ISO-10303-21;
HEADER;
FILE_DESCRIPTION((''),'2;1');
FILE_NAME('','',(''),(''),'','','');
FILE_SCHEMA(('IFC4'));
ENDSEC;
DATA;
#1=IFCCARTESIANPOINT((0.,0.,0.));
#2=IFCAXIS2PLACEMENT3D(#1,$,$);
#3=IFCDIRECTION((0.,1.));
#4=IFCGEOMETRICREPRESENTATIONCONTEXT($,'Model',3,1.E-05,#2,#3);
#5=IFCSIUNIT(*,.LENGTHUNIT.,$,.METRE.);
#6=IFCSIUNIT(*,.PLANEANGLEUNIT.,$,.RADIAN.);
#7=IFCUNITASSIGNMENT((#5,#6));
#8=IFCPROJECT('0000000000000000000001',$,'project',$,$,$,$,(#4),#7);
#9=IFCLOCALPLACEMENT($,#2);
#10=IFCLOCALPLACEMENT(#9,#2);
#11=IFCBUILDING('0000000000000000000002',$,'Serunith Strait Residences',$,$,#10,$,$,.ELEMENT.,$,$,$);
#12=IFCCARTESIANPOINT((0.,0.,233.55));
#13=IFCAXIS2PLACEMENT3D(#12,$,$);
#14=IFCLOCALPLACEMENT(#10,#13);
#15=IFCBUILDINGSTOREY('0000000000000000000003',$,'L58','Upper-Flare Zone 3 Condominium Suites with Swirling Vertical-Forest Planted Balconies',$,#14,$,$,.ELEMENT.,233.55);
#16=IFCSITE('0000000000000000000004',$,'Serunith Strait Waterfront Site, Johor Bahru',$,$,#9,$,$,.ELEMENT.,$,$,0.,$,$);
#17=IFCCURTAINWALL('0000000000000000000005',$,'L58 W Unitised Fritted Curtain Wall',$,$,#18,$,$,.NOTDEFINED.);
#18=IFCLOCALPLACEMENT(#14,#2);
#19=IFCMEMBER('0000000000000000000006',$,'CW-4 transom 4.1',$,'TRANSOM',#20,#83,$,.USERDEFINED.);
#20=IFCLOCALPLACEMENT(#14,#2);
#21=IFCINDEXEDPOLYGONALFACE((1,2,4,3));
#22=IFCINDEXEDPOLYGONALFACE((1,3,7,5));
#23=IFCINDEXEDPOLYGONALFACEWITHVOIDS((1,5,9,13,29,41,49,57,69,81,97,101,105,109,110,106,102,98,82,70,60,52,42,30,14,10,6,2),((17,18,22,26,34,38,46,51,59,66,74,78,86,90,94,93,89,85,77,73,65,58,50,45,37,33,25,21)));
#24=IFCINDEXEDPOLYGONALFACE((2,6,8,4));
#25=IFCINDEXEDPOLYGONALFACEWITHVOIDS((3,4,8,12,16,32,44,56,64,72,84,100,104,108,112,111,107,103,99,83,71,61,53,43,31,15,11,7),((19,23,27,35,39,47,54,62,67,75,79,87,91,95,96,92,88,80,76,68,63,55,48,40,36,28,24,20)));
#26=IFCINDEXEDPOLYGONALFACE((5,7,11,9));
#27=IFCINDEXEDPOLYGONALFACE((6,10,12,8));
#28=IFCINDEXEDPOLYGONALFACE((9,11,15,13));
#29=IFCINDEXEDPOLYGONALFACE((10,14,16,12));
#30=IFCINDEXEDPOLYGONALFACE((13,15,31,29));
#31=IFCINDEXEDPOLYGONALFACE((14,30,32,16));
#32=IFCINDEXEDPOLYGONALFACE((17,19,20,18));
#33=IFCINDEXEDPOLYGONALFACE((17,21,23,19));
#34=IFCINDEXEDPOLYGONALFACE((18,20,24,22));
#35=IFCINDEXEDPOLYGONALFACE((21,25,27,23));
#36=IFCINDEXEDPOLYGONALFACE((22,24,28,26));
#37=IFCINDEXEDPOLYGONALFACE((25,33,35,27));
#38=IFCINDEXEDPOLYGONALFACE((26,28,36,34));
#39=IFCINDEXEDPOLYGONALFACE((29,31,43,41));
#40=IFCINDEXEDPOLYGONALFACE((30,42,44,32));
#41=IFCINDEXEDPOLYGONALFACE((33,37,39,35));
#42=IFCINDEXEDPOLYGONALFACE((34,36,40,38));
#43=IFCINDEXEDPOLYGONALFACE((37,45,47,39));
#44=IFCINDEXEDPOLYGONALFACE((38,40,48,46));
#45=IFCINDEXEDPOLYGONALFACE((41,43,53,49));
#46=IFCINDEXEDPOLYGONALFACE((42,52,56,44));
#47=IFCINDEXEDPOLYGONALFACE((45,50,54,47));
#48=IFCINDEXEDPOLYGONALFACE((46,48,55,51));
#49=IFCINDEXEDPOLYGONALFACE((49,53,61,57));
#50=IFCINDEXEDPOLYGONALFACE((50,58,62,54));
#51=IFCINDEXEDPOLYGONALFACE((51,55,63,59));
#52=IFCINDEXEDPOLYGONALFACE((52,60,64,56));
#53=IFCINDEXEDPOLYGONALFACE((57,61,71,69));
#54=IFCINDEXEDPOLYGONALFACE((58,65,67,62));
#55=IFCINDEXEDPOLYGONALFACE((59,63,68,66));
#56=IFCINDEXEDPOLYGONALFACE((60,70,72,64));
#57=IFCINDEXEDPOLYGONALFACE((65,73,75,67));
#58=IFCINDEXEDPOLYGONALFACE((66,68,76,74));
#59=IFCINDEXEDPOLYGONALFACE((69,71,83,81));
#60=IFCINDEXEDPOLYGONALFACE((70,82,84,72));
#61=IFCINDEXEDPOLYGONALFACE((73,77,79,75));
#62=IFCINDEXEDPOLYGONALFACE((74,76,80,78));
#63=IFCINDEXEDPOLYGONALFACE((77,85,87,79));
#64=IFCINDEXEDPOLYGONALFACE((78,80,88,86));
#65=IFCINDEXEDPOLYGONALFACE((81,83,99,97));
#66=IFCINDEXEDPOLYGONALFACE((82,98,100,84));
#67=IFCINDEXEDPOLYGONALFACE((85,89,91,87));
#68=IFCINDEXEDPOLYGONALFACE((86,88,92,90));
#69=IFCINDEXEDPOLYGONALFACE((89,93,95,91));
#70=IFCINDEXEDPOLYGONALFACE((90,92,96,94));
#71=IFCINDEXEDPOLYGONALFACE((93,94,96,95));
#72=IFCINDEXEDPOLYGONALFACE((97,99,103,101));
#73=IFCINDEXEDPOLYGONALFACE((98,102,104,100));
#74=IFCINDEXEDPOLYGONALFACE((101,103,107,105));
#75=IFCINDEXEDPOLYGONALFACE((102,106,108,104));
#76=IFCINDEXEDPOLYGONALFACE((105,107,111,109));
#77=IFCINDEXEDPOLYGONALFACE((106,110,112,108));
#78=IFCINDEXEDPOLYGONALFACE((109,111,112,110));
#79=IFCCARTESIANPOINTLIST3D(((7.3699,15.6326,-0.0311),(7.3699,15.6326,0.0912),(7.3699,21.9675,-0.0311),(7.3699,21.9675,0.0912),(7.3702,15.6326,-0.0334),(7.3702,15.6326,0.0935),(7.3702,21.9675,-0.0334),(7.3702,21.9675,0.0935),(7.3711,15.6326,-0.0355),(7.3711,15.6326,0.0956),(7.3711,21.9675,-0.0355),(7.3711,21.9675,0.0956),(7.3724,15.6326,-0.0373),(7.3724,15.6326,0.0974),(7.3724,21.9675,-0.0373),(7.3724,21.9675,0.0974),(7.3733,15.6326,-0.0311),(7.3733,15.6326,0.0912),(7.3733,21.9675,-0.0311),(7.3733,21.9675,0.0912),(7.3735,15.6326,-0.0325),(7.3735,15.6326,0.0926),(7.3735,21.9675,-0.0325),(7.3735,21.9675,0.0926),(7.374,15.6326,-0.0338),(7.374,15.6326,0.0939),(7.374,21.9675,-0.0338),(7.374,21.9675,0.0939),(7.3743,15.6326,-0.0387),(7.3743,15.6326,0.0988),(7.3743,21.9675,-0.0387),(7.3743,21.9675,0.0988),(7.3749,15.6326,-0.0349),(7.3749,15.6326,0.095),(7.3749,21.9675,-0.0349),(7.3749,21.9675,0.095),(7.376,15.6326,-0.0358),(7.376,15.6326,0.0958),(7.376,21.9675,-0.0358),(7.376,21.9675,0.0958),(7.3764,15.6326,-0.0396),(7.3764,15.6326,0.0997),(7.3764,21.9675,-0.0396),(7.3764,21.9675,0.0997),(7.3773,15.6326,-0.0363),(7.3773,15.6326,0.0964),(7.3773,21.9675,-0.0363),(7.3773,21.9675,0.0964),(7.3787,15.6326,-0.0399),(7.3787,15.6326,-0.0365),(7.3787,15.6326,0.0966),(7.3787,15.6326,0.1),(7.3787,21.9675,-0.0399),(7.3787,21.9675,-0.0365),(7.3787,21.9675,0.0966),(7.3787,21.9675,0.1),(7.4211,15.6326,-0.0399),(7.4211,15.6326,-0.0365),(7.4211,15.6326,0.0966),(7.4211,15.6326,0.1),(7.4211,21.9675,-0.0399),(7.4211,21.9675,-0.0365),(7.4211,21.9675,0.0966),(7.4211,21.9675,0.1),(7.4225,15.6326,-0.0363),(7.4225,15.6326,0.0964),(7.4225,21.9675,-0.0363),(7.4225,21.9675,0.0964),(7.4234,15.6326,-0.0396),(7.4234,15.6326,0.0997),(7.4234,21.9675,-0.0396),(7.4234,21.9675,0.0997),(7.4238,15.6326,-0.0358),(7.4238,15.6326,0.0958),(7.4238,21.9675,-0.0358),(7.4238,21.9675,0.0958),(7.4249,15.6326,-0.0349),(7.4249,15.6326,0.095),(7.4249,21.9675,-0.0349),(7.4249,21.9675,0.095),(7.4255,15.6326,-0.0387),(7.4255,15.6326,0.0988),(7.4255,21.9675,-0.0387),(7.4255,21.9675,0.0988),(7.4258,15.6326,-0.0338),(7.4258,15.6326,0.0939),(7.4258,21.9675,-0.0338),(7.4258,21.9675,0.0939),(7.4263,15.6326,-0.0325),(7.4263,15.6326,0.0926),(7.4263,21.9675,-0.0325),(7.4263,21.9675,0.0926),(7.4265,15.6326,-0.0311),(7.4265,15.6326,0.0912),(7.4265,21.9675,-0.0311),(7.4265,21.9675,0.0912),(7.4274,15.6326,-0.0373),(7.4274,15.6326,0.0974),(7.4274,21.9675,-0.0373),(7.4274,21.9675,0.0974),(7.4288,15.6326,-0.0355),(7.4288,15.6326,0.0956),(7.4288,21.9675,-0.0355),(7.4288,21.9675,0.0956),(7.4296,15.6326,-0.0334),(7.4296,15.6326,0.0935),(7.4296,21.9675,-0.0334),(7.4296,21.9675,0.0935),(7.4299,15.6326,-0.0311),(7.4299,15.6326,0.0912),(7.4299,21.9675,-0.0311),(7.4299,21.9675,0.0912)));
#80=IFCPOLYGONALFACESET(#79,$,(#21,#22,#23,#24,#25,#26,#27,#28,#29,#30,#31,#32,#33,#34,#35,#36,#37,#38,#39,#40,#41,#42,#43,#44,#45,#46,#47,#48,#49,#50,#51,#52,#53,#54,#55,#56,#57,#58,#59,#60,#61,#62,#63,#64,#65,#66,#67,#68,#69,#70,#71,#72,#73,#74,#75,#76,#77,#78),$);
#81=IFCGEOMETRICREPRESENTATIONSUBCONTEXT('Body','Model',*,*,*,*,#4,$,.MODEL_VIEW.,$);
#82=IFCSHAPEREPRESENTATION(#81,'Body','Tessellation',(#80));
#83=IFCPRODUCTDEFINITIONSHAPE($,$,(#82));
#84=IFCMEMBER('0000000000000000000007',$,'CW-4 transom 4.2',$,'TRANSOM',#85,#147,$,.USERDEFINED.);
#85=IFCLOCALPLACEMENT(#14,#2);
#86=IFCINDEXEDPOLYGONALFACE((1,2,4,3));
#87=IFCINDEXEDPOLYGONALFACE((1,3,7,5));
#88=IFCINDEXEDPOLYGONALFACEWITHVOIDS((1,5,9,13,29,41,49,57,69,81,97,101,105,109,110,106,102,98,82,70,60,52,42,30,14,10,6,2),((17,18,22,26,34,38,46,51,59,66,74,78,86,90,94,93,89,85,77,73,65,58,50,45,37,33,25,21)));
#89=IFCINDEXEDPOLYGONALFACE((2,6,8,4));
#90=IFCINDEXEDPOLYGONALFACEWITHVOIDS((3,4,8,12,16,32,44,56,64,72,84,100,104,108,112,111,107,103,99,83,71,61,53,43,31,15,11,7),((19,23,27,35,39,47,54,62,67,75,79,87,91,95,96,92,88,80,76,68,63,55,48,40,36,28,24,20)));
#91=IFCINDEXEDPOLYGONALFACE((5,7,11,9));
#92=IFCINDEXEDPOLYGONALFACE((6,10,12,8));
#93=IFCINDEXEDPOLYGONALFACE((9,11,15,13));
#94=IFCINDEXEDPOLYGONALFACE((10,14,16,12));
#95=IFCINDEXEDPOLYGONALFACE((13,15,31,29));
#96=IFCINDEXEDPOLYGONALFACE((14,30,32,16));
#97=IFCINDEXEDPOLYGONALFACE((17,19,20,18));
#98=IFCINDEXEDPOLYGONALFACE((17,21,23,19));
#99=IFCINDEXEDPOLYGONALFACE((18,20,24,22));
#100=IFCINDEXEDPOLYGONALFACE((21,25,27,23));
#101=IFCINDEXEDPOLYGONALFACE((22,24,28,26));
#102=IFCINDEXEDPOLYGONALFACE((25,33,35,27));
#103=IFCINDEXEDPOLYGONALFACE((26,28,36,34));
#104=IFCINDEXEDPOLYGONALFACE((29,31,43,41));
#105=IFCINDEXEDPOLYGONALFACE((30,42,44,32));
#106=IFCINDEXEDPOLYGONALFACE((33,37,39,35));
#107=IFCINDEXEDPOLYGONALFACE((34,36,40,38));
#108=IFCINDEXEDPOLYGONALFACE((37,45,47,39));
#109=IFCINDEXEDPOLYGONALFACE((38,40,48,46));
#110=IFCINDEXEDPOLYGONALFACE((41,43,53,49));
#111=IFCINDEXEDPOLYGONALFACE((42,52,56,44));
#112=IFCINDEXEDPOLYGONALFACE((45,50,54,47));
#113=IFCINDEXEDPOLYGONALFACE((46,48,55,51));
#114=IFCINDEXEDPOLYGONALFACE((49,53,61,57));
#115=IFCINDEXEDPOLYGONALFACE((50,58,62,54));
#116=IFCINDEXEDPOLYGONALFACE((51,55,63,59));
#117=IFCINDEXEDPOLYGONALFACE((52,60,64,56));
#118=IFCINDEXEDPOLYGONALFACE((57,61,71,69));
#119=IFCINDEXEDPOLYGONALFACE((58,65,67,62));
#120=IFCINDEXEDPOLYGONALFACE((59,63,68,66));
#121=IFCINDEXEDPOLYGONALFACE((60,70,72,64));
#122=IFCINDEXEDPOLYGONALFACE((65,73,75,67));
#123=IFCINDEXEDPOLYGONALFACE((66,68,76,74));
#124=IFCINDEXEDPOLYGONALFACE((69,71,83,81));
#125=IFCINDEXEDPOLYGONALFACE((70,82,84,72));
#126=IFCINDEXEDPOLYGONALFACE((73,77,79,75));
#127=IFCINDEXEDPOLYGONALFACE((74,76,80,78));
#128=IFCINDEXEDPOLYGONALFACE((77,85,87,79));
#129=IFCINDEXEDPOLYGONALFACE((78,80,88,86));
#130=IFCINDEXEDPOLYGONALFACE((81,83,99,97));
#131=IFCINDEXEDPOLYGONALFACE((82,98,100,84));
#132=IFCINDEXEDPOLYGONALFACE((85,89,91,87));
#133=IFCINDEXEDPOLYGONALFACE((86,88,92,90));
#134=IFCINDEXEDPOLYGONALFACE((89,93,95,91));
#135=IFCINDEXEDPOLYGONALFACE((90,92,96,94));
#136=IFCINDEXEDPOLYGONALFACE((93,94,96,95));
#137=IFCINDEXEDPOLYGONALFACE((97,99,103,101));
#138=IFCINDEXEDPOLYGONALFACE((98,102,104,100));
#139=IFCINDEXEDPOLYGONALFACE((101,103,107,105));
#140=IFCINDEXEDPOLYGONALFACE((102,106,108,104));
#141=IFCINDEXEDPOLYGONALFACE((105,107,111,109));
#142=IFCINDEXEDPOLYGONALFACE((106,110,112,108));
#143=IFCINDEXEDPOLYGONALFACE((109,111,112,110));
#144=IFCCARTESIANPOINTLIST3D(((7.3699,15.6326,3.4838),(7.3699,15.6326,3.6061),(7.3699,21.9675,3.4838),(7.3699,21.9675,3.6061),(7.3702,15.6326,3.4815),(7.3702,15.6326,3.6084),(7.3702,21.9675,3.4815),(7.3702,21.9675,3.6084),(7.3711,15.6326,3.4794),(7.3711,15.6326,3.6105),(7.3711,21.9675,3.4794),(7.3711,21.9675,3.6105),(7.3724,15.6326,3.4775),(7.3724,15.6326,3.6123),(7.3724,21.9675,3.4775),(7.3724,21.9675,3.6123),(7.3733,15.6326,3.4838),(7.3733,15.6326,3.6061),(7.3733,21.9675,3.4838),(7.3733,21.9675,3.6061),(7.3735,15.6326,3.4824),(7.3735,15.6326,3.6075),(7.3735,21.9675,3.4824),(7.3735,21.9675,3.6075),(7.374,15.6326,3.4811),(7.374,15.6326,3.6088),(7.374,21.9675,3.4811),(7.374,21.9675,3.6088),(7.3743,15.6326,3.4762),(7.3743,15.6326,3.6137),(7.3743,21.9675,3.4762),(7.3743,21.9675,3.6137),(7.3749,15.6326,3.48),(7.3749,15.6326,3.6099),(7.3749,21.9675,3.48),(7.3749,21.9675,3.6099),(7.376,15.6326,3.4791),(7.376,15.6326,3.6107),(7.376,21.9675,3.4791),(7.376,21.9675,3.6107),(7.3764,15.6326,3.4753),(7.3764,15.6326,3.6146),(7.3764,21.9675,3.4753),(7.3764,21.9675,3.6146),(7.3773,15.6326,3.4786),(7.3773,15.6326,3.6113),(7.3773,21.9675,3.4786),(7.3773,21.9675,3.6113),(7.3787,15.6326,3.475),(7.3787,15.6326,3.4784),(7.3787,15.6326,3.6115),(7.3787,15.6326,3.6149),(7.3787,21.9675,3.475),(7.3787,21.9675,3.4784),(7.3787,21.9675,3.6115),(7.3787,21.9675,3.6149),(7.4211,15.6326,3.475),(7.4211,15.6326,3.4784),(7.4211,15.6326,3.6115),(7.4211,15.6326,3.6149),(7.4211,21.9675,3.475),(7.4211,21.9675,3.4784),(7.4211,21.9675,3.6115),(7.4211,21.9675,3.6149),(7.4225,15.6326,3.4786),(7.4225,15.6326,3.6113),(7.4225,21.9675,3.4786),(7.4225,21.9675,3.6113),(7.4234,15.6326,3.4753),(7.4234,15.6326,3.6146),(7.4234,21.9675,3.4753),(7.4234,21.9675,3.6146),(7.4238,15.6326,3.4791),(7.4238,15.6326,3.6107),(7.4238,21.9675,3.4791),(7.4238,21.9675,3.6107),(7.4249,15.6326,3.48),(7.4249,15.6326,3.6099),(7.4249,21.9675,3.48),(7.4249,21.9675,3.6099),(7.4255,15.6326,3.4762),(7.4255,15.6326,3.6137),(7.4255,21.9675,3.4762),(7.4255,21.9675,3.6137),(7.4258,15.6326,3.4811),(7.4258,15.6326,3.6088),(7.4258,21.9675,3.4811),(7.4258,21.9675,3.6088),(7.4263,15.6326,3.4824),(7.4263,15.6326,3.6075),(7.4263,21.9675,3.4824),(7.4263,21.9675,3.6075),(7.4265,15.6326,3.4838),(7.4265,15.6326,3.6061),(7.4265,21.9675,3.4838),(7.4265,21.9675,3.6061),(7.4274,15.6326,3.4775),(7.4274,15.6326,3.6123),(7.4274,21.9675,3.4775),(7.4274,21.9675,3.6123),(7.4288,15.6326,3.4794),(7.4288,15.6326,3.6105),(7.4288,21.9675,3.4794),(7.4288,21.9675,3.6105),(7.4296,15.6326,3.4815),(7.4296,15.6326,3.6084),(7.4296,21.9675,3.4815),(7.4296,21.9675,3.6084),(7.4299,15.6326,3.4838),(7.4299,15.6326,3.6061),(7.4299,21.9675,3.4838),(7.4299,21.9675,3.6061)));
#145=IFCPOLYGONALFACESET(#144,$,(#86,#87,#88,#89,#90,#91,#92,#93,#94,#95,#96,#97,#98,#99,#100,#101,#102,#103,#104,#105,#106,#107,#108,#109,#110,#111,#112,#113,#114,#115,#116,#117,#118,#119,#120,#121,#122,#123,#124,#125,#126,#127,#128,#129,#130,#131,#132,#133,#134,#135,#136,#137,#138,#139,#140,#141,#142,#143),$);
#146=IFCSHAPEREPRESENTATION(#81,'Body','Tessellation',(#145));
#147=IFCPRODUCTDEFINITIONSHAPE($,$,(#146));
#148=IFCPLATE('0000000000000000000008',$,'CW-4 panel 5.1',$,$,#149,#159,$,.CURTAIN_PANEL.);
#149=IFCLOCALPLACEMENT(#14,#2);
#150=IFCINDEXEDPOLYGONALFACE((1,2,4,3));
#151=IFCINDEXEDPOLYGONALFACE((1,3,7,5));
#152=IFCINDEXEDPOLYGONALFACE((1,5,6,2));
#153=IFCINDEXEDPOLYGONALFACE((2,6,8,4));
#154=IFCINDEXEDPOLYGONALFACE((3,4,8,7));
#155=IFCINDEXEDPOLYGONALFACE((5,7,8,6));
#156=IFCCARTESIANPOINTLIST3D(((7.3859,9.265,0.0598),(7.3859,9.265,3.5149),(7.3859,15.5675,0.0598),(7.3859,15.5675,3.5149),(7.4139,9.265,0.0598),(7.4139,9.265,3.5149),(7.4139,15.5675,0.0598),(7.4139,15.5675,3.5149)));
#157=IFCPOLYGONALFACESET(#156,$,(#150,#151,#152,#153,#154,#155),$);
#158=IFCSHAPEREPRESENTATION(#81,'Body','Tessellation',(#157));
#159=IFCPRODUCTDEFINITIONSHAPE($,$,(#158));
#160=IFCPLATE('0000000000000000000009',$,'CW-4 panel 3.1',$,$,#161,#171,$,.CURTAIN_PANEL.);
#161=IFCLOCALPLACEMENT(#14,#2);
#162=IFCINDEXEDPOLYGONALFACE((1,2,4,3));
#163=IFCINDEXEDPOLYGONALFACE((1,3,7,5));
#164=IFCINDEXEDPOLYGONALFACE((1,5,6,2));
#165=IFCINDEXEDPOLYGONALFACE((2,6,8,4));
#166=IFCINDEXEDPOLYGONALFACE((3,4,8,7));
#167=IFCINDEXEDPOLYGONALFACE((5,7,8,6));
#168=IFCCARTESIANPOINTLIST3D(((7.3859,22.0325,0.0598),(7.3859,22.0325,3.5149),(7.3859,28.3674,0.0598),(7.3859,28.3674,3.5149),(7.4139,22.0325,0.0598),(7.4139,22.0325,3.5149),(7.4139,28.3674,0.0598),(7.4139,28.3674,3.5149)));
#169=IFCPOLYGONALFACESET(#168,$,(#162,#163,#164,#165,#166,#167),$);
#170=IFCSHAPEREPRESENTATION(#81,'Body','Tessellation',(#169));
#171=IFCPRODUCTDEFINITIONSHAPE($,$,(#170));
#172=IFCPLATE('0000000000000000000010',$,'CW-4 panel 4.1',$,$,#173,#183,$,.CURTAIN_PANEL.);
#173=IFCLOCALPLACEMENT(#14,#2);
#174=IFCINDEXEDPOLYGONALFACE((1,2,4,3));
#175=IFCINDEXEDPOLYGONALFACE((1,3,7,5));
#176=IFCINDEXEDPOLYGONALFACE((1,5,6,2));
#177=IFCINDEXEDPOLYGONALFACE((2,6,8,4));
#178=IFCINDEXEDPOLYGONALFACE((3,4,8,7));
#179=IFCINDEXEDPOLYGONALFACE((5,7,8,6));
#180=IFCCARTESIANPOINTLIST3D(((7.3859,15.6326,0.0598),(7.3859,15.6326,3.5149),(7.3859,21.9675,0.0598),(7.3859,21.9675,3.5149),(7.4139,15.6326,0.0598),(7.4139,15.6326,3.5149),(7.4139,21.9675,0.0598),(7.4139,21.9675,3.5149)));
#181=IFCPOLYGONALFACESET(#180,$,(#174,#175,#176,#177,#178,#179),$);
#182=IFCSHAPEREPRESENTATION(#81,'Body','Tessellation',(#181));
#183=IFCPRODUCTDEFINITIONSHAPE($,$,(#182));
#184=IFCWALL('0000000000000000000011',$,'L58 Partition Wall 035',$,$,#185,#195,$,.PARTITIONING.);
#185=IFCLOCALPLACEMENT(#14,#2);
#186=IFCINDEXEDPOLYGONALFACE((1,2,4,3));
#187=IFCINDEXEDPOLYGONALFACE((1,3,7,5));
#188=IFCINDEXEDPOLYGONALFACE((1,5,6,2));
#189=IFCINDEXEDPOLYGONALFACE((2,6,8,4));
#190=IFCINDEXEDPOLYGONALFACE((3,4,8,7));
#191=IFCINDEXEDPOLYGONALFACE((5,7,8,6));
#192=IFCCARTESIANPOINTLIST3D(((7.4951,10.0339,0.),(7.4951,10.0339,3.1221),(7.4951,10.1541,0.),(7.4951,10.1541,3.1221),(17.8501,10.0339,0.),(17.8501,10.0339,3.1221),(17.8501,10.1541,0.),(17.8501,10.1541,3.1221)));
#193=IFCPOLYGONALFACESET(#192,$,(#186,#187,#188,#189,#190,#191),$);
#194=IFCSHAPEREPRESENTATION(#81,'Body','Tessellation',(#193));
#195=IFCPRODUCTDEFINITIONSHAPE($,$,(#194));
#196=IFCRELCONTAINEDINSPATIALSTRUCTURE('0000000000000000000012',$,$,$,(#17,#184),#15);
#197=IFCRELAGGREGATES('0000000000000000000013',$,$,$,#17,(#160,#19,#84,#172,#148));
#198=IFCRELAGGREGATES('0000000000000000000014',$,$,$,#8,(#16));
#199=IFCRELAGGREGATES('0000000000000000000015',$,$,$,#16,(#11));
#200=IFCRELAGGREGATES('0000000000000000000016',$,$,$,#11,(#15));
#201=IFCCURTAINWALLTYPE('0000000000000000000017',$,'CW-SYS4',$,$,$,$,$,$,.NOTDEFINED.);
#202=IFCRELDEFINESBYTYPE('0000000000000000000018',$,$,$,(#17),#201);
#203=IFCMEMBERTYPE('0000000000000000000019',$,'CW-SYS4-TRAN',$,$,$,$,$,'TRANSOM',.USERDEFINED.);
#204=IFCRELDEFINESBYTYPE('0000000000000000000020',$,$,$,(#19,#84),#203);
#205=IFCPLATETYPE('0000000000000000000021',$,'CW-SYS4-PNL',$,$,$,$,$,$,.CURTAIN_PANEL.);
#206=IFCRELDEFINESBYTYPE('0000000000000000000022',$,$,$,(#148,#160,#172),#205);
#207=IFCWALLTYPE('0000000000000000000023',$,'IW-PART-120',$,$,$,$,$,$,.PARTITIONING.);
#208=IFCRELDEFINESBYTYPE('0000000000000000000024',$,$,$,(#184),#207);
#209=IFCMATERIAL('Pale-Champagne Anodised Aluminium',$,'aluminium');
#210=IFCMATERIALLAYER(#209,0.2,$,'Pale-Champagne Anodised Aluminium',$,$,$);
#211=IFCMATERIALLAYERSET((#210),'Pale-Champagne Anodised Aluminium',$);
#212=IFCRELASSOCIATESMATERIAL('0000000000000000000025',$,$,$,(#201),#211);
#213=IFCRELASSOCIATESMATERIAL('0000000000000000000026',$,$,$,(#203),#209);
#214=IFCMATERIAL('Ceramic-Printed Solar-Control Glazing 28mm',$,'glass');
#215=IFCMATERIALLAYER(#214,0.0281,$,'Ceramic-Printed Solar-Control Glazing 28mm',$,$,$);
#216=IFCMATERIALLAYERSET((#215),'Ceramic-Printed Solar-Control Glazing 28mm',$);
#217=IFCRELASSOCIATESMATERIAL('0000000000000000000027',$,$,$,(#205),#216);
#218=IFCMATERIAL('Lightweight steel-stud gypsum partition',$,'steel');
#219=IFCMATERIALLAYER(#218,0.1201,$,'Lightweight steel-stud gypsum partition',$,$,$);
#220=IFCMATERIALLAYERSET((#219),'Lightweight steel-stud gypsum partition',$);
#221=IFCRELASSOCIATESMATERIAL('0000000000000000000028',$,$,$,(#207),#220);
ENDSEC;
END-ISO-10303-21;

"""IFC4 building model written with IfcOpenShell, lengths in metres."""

from ifc_helpers import new_model, si_unit, direction, frame, frame_2d, origin, origin_2d, place, context, subcontext, project, spatial, rectangle, hollow_rectangle, extrude, source, transform, mapped, material, layer, layer_set, material_profile, profile_set, type_object, element, aggregate, save


model = new_model("IFC4")

# Units and contexts
model_context = context("Model", 3, precision=1e-05, world=origin(), true_north=direction((0.0, 1.0)))
body_context = subcontext(model_context, "Body", "Model", "MODEL_VIEW")
ifc_project = project(units=[si_unit("LENGTHUNIT", "METRE"), si_unit("PLANEANGLEUNIT", "RADIAN")], contexts=[model_context])

# Site, building, storey
site_placement = place(None, origin())
site = spatial("IfcSite", under=ifc_project, at=site_placement, Name="Serunith Strait Waterfront Site, Johor Bahru", CompositionType="ELEMENT", RefElevation=0.0)
building_placement = place(site_placement, origin())
building = spatial("IfcBuilding", under=site, at=building_placement, Name="Serunith Strait Residences", CompositionType="ELEMENT")
storey_placement = place(building_placement, frame((0.0, 0.0, 233.55)))
storey = spatial("IfcBuildingStorey", under=building, at=storey_placement, Name="L58", Description="Upper-Flare Zone 3 Condominium Suites with Swirling Vertical-Forest Planted Balconies", CompositionType="ELEMENT", Elevation=233.55)

# Curtain wall, members, plates
ifc_material_1 = material(Name="Pale-Champagne Anodised Aluminium", Category="aluminium")
ifc_layer_1 = layer(ifc_material_1, 0.2, Name="Pale-Champagne Anodised Aluminium")
ifc_layer_set_1 = layer_set([ifc_layer_1], Name="Pale-Champagne Anodised Aluminium")
curtain_wall_type = type_object("IfcCurtainWallType", Name="CW-SYS4", PredefinedType="NOTDEFINED", material=ifc_layer_set_1)
curtain_wall_placement = place(storey_placement, origin())
curtain_wall = element("IfcCurtainWall", 1, at=curtain_wall_placement, inside=storey, type_object=curtain_wall_type, Name="L58 W Unitised Fritted Curtain Wall", PredefinedType="NOTDEFINED")
ifc_material_profile_1 = material_profile(ifc_material_1, hollow_rectangle(XDim=0.0601, YDim=0.1399, WallThickness=0.0034, InnerFilletRadius=0.0054, OuterFilletRadius=0.0088, at=origin_2d()), Name="ALU 140x60x3.5")
ifc_profile_set_1 = profile_set([ifc_material_profile_1], Name="Pale-Champagne Anodised Aluminium")
member_type_1 = type_object("IfcMemberType", Name="CW-SYS4-TRAN", ElementType="TRANSOM", PredefinedType="USERDEFINED", material=ifc_profile_set_1)
shared_shape_1 = source(origin(), body_context, "Body", "SweptSolid", [
    extrude(hollow_rectangle(XDim=0.0601, YDim=0.1399, WallThickness=0.0034, InnerFilletRadius=0.0054, OuterFilletRadius=0.0088, at=origin_2d()), origin(), (0.0, 0.0, 1.0), 6.335),
])
member_1_placement = place(storey_placement, frame((7.3999, 21.9675, 0.03), z_axis=(0.0, -1.0, 0.0), x_axis=(1.0, 0.0, 0.0)))
member_1 = element("IfcMember", 2, at=member_1_placement, type_object=member_type_1, Name="CW-4 transom 4.1", ObjectType="TRANSOM", PredefinedType="USERDEFINED", context=body_context, shape_type="MappedRepresentation", body=[
    mapped(shared_shape_1, transform((0.0, 0.0, 0.0), scale=1.0)),
])
member_2_placement = place(storey_placement, frame((7.3999, 21.9675, 3.5449), z_axis=(0.0, -1.0, 0.0), x_axis=(1.0, 0.0, 0.0)))
member_2 = element("IfcMember", 3, at=member_2_placement, type_object=member_type_1, Name="CW-4 transom 4.2", ObjectType="TRANSOM", PredefinedType="USERDEFINED", context=body_context, shape_type="MappedRepresentation", body=[
    mapped(shared_shape_1, transform((0.0, 0.0, 0.0), scale=1.0)),
])
ifc_material_2 = material(Name="Ceramic-Printed Solar-Control Glazing 28mm", Category="glass")
ifc_layer_2 = layer(ifc_material_2, 0.0281, Name="Ceramic-Printed Solar-Control Glazing 28mm")
ifc_layer_set_2 = layer_set([ifc_layer_2], Name="Ceramic-Printed Solar-Control Glazing 28mm")
plate_type = type_object("IfcPlateType", Name="CW-SYS4-PNL", PredefinedType="CURTAIN_PANEL", material=ifc_layer_set_2)
shared_shape_2 = source(origin(), body_context, "Body", "SweptSolid", [
    extrude(rectangle(XDim=6.3025, YDim=0.0281, at=origin_2d()), origin(), (0.0, 0.0, 1.0), 3.4551),
])
plate_1_placement = place(storey_placement, frame((7.3999, 12.4163, 0.0598), z_axis=(0.0, 0.0, 1.0), x_axis=(0.0, -1.0, 0.0)))
plate_1 = element("IfcPlate", 4, at=plate_1_placement, type_object=plate_type, Name="CW-4 panel 5.1", PredefinedType="CURTAIN_PANEL", context=body_context, shape_type="MappedRepresentation", body=[
    mapped(shared_shape_2, transform((0.0, 0.0, 0.0), scale=1.0)),
])
shared_shape_3 = source(origin(), body_context, "Body", "SweptSolid", [
    extrude(rectangle(XDim=6.335, YDim=0.0281, at=origin_2d()), origin(), (0.0, 0.0, 1.0), 3.4551),
])
plate_2_placement = place(storey_placement, frame((7.3999, 25.2, 0.0598), z_axis=(0.0, 0.0, 1.0), x_axis=(0.0, -1.0, 0.0)))
plate_2 = element("IfcPlate", 5, at=plate_2_placement, type_object=plate_type, Name="CW-4 panel 3.1", PredefinedType="CURTAIN_PANEL", context=body_context, shape_type="MappedRepresentation", body=[
    mapped(shared_shape_3, transform((0.0, 0.0, 0.0), scale=1.0)),
])
plate_3_placement = place(storey_placement, frame((7.3999, 18.8, 0.0598), z_axis=(0.0, 0.0, 1.0), x_axis=(0.0, -1.0, 0.0)))
plate_3 = element("IfcPlate", 6, at=plate_3_placement, type_object=plate_type, Name="CW-4 panel 4.1", PredefinedType="CURTAIN_PANEL", context=body_context, shape_type="MappedRepresentation", body=[
    mapped(shared_shape_3, transform((0.0, 0.0, 0.0), scale=1.0)),
])
aggregate(curtain_wall, [plate_2, member_1, member_2, plate_3, plate_1])

# Wall
ifc_material_3 = material(Name="Lightweight steel-stud gypsum partition", Category="steel")
ifc_layer_3 = layer(ifc_material_3, 0.1201, Name="Lightweight steel-stud gypsum partition")
ifc_layer_set_3 = layer_set([ifc_layer_3], Name="Lightweight steel-stud gypsum partition")
wall_type_1 = type_object("IfcWallType", Name="IW-PART-120", PredefinedType="PARTITIONING", material=ifc_layer_set_3)
wall_1_placement = place(storey_placement, frame((7.4951, 10.094, 0.0), z_axis=(0.0, 0.0, 1.0), x_axis=(1.0, 0.0, 0.0)))
element("IfcWall", 7, at=wall_1_placement, inside=storey, type_object=wall_type_1, Name="L58 Partition Wall 035", PredefinedType="PARTITIONING", context=body_context, shape_type="SweptSolid", body=[
    extrude(rectangle(XDim=10.355, YDim=0.1201, at=frame_2d((5.1775, 0.0))), origin(), (0.0, 0.0, 1.0), 3.1221),
])

save(model, "model.ifc")
